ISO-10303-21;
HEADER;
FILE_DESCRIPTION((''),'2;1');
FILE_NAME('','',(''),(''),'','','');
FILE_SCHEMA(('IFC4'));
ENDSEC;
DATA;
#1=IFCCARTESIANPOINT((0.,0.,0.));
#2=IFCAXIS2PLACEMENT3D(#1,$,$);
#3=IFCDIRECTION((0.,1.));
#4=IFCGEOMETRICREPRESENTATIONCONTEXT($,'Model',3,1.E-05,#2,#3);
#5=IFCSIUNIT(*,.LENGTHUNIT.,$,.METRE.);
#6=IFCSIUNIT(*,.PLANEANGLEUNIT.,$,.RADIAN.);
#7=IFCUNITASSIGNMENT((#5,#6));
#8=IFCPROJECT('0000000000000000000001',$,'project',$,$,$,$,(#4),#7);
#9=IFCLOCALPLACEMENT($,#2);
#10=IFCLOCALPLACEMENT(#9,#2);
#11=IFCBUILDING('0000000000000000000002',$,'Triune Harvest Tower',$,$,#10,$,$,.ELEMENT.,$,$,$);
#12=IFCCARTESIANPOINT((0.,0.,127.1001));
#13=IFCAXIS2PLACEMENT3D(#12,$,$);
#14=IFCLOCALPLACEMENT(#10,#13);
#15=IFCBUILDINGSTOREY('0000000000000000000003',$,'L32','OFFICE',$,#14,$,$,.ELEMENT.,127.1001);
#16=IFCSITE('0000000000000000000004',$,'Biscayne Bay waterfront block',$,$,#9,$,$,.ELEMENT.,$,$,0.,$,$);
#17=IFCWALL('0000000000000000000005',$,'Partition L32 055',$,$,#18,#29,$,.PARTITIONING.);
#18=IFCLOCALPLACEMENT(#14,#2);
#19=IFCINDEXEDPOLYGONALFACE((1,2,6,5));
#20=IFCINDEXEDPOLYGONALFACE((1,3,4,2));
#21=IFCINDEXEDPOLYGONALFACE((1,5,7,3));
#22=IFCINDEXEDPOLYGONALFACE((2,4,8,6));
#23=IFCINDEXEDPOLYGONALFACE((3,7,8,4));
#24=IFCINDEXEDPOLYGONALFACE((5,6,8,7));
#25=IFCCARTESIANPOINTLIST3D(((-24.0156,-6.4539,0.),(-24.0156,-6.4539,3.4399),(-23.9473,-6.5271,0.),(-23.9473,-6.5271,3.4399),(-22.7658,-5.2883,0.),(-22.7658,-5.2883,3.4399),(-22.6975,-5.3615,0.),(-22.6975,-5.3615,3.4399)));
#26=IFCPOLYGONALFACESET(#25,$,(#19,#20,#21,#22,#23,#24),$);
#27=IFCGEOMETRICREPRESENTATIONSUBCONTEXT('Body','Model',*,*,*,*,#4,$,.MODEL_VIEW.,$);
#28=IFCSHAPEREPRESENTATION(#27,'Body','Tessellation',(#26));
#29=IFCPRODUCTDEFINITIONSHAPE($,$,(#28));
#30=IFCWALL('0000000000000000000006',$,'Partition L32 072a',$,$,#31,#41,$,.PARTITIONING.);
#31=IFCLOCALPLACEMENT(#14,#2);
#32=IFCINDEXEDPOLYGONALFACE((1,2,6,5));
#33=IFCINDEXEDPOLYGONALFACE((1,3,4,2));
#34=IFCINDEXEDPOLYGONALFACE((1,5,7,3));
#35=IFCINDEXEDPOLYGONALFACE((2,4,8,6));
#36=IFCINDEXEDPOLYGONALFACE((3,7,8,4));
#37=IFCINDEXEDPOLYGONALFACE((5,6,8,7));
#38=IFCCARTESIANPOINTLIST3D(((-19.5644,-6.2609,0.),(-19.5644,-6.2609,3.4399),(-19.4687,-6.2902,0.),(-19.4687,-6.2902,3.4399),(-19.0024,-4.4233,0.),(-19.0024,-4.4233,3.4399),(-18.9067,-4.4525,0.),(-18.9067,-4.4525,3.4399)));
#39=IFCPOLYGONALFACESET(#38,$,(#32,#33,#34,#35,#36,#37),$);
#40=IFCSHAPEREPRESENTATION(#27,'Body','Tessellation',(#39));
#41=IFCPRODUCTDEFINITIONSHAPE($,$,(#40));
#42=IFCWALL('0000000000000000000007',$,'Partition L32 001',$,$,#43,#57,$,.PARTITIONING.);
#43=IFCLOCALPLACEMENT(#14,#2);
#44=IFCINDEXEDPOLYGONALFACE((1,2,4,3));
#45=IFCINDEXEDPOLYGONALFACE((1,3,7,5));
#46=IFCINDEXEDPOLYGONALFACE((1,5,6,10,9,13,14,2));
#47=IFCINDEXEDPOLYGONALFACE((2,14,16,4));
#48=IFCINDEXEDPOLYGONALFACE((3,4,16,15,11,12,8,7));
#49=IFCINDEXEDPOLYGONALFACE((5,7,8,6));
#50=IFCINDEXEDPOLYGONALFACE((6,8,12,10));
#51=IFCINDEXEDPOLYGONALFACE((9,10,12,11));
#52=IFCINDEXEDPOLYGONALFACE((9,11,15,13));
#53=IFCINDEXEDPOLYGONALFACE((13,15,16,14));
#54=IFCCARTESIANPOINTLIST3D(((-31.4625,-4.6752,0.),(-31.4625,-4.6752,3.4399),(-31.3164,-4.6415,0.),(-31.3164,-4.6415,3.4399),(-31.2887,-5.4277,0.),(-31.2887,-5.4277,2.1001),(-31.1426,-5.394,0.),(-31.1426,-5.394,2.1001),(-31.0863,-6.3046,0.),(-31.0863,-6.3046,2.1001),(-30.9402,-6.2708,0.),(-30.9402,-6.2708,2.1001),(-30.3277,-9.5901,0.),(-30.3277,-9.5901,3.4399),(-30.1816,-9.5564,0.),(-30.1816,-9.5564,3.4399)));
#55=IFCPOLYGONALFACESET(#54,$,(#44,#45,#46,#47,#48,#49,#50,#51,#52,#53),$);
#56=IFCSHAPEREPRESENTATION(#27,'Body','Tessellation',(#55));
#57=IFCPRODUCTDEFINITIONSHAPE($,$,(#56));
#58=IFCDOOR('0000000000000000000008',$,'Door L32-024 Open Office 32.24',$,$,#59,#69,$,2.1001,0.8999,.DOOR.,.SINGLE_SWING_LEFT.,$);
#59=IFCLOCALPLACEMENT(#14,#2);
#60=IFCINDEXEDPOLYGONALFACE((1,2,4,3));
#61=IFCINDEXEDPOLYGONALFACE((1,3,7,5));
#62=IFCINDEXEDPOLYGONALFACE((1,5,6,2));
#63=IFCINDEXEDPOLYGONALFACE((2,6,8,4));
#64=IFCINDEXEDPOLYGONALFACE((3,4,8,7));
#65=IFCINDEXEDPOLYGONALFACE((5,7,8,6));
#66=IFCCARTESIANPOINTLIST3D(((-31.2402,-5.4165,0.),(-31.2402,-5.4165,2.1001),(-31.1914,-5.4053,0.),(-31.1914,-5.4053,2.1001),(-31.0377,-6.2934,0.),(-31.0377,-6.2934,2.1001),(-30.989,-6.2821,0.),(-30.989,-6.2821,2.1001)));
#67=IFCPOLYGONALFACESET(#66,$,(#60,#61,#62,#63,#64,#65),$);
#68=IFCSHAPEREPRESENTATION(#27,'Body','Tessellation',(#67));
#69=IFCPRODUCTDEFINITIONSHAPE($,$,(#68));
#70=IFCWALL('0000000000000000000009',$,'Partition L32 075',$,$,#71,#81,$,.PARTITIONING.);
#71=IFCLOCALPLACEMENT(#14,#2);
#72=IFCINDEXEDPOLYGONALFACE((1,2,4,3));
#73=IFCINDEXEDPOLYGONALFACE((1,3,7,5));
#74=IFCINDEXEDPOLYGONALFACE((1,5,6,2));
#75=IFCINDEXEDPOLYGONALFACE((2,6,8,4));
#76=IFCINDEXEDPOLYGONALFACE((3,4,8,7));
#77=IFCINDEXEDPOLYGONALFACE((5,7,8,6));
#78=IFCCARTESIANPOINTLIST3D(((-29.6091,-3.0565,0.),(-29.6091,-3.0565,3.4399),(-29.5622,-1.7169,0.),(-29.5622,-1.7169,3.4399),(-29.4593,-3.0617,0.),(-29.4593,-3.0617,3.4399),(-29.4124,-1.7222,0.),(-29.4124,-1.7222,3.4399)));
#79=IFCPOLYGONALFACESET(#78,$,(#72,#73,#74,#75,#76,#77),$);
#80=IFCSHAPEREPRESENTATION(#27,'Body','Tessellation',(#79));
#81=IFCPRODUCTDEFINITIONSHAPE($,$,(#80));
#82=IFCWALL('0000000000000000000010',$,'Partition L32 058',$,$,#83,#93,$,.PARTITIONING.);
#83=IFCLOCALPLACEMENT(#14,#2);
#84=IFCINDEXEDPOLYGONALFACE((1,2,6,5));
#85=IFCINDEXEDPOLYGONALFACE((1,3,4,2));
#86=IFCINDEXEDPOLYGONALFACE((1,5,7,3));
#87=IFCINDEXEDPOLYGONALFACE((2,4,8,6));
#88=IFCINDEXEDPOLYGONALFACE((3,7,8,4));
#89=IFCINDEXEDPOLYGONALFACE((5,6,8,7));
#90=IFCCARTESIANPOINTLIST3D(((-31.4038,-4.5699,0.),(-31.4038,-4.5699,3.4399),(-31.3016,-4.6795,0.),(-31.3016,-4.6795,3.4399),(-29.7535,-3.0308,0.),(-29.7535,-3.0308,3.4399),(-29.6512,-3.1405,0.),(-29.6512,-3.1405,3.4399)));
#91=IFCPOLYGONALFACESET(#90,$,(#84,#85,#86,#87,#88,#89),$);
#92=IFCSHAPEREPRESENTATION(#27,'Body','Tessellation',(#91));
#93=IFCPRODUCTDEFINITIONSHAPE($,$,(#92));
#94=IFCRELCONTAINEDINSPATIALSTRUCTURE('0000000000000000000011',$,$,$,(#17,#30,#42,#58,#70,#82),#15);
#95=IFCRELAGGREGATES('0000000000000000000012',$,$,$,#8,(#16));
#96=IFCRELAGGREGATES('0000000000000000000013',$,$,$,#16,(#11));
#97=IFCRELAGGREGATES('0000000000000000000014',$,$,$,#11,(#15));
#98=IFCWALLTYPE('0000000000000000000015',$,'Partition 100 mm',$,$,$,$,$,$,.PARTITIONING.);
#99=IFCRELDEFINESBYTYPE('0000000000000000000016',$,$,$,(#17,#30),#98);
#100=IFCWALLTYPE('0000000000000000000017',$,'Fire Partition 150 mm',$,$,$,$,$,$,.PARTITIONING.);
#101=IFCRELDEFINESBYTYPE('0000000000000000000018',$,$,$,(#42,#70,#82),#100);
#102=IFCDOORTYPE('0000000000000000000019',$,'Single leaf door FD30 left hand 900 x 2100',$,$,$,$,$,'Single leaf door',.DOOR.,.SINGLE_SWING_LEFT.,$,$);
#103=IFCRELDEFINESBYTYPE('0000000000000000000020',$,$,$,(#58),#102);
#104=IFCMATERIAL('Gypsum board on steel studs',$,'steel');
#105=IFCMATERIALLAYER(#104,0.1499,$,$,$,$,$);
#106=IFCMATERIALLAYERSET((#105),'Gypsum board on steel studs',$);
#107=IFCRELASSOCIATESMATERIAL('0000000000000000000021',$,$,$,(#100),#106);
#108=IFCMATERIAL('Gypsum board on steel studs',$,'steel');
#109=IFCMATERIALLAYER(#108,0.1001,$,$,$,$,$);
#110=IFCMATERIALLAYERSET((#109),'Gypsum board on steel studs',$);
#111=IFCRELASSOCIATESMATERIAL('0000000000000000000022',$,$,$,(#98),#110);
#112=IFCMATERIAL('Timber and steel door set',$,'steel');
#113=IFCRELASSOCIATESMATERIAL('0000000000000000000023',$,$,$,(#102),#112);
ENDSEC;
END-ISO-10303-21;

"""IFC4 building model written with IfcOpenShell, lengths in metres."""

from ifc_helpers import new_model, si_unit, direction, frame, frame_2d, origin, place, context, subcontext, project, spatial, rectangle, extrude, source, transform, mapped, material, layer, layer_set, type_object, element, fill, save


model = new_model("IFC4")

# Units and contexts
model_context = context("Model", 3, precision=1e-05, world=origin(), true_north=direction((0.0, 1.0)))
body_context = subcontext(model_context, "Body", "Model", "MODEL_VIEW")
ifc_project = project(units=[si_unit("LENGTHUNIT", "METRE"), si_unit("PLANEANGLEUNIT", "RADIAN")], contexts=[model_context])

# Site, building, storey
site_placement = place(None, origin())
site = spatial("IfcSite", under=ifc_project, at=site_placement, Name="Biscayne Bay waterfront block", CompositionType="ELEMENT", RefElevation=0.0)
building_placement = place(site_placement, origin())
building = spatial("IfcBuilding", under=site, at=building_placement, Name="Triune Harvest Tower", CompositionType="ELEMENT")
storey_placement = place(building_placement, frame((0.0, 0.0, 127.1001)))
storey = spatial("IfcBuildingStorey", under=building, at=storey_placement, Name="L32", Description="OFFICE", CompositionType="ELEMENT", Elevation=127.1001)

# Walls
ifc_material_1 = material(Name="Gypsum board on steel studs", Category="steel")
ifc_layer_1 = layer(ifc_material_1, 0.1499)
ifc_layer_set_1 = layer_set([ifc_layer_1], Name="Gypsum board on steel studs")
wall_type_1 = type_object("IfcWallType", Name="Fire Partition 150 mm", PredefinedType="PARTITIONING", material=ifc_layer_set_1)
ifc_material_2 = material(Name="Gypsum board on steel studs", Category="steel")
ifc_layer_2 = layer(ifc_material_2, 0.1001)
ifc_layer_set_2 = layer_set([ifc_layer_2], Name="Gypsum board on steel studs")
wall_type_2 = type_object("IfcWallType", Name="Partition 100 mm", PredefinedType="PARTITIONING", material=ifc_layer_set_2)
shared_shape_1 = source(origin(), body_context, "Body", "SweptSolid", [
    extrude(rectangle(XDim=1.709, YDim=0.1001, at=frame_2d((0.8545, 0.0))), origin(), (0.0, 0.0, 1.0), 3.4399),
])
wall_1_placement = place(storey_placement, frame((-23.9814, -6.4905, 0.0), z_axis=(0.0, 0.0, 1.0), x_axis=(0.731321, 0.682033, 0.0)))
element("IfcWall", 1, at=wall_1_placement, inside=storey, type_object=wall_type_2, Name="Partition L32 055", PredefinedType="PARTITIONING", context=body_context, shape_type="MappedRepresentation", body=[
    mapped(shared_shape_1, transform((0.0, 0.0, 0.0), scale=1.0)),
])
shared_shape_2 = source(origin(), body_context, "Body", "SweptSolid", [
    extrude(rectangle(XDim=1.9216, YDim=0.1001, at=frame_2d((0.9609, 0.0))), origin(), (0.0, 0.0, 1.0), 3.4399),
])
wall_2_placement = place(storey_placement, frame((-19.5166, -6.2756, 0.0), z_axis=(0.0, 0.0, 1.0), x_axis=(0.292461, 0.956278, 0.0)))
element("IfcWall", 2, at=wall_2_placement, inside=storey, type_object=wall_type_2, Name="Partition L32 072a", PredefinedType="PARTITIONING", context=body_context, shape_type="MappedRepresentation", body=[
    mapped(shared_shape_2, transform((0.0, 0.0, 0.0), scale=1.0)),
])

# Wall, opening, door
shared_shape_3 = source(origin(), body_context, "Body", "SweptSolid", [
    extrude(rectangle(XDim=5.0442, YDim=0.1499, at=frame_2d((2.522, 0.0))), origin(), (0.0, 0.0, 1.0), 3.4399),
])
wall_3_placement = place(storey_placement, frame((-31.3894, -4.6584, 0.0), z_axis=(0.0, 0.0, 1.0), x_axis=(0.224969, -0.974366, 0.0)))
wall_3 = element("IfcWall", 3, at=wall_3_placement, inside=storey, type_object=wall_type_1, Name="Partition L32 001", PredefinedType="PARTITIONING", context=body_context, shape_type="MappedRepresentation", body=[
    mapped(shared_shape_3, transform((0.0, 0.0, 0.0), scale=1.0)),
])
opening_placement = place(wall_3_placement, frame((0.7722, 0.0, 0.0)))
opening = element("IfcOpeningElement", 4, at=opening_placement, cuts=wall_3, PredefinedType="OPENING", context=body_context, shape_type="SweptSolid", body=[
    extrude(rectangle(XDim=0.8999, YDim=2.1001, at=frame_2d((0.45, 1.05))), frame((0.0, 0.085, 0.0), z_axis=(0.0, -1.0, 0.0), x_axis=(1.0, 0.0, 0.0)), (0.0, 0.0, 1.0), 0.1699),
])
ifc_material_3 = material(Name="Timber and steel door set", Category="steel")
door_type = type_object("IfcDoorType", Name="Single leaf door FD30 left hand 900 x 2100", ElementType="Single leaf door", OperationType="SINGLE_SWING_LEFT", PredefinedType="DOOR", material=ifc_material_3)
door_placement = place(opening_placement, origin())
door = element("IfcDoor", 5, at=door_placement, inside=storey, type_object=door_type, Name="Door L32-024 Open Office 32.24", OperationType="SINGLE_SWING_LEFT", OverallHeight=2.1001, OverallWidth=0.8999, PredefinedType="DOOR", context=body_context, shape_type="SweptSolid", body=[
    extrude(rectangle(XDim=0.8999, YDim=2.1001, at=frame_2d((0.45, 1.05))), frame((0.0, 0.0249, 0.0), z_axis=(0.0, -1.0, 0.0), x_axis=(1.0, 0.0, 0.0)), (0.0, 0.0, 1.0), 0.05),
])
fill(opening, door)

# Walls
shared_shape_4 = source(origin(), body_context, "Body", "SweptSolid", [
    extrude(rectangle(XDim=1.3403, YDim=0.1499, at=frame_2d((0.6702, 0.0))), origin(), (0.0, 0.0, 1.0), 3.4399),
])
wall_4_placement = place(storey_placement, frame((-29.5342, -3.0591, 0.0), z_axis=(0.0, 0.0, 1.0), x_axis=(0.03497, 0.999388, 0.0)))
element("IfcWall", 6, at=wall_4_placement, inside=storey, type_object=wall_type_1, Name="Partition L32 075", PredefinedType="PARTITIONING", context=body_context, shape_type="MappedRepresentation", body=[
    mapped(shared_shape_4, transform((0.0, 0.0, 0.0), scale=1.0)),
])
shared_shape_5 = source(origin(), body_context, "Body", "SweptSolid", [
    extrude(rectangle(XDim=2.2566, YDim=0.1499, at=frame_2d((1.1284, 0.0))), origin(), (0.0, 0.0, 1.0), 3.4399),
])
wall_5_placement = place(storey_placement, frame((-31.3528, -4.6248, 0.0), z_axis=(0.0, 0.0, 1.0), x_axis=(0.731343, 0.68201, 0.0)))
element("IfcWall", 7, at=wall_5_placement, inside=storey, type_object=wall_type_1, Name="Partition L32 058", PredefinedType="PARTITIONING", context=body_context, shape_type="MappedRepresentation", body=[
    mapped(shared_shape_5, transform((0.0, 0.0, 0.0), scale=1.0)),
])

save(model, "model.ifc")
